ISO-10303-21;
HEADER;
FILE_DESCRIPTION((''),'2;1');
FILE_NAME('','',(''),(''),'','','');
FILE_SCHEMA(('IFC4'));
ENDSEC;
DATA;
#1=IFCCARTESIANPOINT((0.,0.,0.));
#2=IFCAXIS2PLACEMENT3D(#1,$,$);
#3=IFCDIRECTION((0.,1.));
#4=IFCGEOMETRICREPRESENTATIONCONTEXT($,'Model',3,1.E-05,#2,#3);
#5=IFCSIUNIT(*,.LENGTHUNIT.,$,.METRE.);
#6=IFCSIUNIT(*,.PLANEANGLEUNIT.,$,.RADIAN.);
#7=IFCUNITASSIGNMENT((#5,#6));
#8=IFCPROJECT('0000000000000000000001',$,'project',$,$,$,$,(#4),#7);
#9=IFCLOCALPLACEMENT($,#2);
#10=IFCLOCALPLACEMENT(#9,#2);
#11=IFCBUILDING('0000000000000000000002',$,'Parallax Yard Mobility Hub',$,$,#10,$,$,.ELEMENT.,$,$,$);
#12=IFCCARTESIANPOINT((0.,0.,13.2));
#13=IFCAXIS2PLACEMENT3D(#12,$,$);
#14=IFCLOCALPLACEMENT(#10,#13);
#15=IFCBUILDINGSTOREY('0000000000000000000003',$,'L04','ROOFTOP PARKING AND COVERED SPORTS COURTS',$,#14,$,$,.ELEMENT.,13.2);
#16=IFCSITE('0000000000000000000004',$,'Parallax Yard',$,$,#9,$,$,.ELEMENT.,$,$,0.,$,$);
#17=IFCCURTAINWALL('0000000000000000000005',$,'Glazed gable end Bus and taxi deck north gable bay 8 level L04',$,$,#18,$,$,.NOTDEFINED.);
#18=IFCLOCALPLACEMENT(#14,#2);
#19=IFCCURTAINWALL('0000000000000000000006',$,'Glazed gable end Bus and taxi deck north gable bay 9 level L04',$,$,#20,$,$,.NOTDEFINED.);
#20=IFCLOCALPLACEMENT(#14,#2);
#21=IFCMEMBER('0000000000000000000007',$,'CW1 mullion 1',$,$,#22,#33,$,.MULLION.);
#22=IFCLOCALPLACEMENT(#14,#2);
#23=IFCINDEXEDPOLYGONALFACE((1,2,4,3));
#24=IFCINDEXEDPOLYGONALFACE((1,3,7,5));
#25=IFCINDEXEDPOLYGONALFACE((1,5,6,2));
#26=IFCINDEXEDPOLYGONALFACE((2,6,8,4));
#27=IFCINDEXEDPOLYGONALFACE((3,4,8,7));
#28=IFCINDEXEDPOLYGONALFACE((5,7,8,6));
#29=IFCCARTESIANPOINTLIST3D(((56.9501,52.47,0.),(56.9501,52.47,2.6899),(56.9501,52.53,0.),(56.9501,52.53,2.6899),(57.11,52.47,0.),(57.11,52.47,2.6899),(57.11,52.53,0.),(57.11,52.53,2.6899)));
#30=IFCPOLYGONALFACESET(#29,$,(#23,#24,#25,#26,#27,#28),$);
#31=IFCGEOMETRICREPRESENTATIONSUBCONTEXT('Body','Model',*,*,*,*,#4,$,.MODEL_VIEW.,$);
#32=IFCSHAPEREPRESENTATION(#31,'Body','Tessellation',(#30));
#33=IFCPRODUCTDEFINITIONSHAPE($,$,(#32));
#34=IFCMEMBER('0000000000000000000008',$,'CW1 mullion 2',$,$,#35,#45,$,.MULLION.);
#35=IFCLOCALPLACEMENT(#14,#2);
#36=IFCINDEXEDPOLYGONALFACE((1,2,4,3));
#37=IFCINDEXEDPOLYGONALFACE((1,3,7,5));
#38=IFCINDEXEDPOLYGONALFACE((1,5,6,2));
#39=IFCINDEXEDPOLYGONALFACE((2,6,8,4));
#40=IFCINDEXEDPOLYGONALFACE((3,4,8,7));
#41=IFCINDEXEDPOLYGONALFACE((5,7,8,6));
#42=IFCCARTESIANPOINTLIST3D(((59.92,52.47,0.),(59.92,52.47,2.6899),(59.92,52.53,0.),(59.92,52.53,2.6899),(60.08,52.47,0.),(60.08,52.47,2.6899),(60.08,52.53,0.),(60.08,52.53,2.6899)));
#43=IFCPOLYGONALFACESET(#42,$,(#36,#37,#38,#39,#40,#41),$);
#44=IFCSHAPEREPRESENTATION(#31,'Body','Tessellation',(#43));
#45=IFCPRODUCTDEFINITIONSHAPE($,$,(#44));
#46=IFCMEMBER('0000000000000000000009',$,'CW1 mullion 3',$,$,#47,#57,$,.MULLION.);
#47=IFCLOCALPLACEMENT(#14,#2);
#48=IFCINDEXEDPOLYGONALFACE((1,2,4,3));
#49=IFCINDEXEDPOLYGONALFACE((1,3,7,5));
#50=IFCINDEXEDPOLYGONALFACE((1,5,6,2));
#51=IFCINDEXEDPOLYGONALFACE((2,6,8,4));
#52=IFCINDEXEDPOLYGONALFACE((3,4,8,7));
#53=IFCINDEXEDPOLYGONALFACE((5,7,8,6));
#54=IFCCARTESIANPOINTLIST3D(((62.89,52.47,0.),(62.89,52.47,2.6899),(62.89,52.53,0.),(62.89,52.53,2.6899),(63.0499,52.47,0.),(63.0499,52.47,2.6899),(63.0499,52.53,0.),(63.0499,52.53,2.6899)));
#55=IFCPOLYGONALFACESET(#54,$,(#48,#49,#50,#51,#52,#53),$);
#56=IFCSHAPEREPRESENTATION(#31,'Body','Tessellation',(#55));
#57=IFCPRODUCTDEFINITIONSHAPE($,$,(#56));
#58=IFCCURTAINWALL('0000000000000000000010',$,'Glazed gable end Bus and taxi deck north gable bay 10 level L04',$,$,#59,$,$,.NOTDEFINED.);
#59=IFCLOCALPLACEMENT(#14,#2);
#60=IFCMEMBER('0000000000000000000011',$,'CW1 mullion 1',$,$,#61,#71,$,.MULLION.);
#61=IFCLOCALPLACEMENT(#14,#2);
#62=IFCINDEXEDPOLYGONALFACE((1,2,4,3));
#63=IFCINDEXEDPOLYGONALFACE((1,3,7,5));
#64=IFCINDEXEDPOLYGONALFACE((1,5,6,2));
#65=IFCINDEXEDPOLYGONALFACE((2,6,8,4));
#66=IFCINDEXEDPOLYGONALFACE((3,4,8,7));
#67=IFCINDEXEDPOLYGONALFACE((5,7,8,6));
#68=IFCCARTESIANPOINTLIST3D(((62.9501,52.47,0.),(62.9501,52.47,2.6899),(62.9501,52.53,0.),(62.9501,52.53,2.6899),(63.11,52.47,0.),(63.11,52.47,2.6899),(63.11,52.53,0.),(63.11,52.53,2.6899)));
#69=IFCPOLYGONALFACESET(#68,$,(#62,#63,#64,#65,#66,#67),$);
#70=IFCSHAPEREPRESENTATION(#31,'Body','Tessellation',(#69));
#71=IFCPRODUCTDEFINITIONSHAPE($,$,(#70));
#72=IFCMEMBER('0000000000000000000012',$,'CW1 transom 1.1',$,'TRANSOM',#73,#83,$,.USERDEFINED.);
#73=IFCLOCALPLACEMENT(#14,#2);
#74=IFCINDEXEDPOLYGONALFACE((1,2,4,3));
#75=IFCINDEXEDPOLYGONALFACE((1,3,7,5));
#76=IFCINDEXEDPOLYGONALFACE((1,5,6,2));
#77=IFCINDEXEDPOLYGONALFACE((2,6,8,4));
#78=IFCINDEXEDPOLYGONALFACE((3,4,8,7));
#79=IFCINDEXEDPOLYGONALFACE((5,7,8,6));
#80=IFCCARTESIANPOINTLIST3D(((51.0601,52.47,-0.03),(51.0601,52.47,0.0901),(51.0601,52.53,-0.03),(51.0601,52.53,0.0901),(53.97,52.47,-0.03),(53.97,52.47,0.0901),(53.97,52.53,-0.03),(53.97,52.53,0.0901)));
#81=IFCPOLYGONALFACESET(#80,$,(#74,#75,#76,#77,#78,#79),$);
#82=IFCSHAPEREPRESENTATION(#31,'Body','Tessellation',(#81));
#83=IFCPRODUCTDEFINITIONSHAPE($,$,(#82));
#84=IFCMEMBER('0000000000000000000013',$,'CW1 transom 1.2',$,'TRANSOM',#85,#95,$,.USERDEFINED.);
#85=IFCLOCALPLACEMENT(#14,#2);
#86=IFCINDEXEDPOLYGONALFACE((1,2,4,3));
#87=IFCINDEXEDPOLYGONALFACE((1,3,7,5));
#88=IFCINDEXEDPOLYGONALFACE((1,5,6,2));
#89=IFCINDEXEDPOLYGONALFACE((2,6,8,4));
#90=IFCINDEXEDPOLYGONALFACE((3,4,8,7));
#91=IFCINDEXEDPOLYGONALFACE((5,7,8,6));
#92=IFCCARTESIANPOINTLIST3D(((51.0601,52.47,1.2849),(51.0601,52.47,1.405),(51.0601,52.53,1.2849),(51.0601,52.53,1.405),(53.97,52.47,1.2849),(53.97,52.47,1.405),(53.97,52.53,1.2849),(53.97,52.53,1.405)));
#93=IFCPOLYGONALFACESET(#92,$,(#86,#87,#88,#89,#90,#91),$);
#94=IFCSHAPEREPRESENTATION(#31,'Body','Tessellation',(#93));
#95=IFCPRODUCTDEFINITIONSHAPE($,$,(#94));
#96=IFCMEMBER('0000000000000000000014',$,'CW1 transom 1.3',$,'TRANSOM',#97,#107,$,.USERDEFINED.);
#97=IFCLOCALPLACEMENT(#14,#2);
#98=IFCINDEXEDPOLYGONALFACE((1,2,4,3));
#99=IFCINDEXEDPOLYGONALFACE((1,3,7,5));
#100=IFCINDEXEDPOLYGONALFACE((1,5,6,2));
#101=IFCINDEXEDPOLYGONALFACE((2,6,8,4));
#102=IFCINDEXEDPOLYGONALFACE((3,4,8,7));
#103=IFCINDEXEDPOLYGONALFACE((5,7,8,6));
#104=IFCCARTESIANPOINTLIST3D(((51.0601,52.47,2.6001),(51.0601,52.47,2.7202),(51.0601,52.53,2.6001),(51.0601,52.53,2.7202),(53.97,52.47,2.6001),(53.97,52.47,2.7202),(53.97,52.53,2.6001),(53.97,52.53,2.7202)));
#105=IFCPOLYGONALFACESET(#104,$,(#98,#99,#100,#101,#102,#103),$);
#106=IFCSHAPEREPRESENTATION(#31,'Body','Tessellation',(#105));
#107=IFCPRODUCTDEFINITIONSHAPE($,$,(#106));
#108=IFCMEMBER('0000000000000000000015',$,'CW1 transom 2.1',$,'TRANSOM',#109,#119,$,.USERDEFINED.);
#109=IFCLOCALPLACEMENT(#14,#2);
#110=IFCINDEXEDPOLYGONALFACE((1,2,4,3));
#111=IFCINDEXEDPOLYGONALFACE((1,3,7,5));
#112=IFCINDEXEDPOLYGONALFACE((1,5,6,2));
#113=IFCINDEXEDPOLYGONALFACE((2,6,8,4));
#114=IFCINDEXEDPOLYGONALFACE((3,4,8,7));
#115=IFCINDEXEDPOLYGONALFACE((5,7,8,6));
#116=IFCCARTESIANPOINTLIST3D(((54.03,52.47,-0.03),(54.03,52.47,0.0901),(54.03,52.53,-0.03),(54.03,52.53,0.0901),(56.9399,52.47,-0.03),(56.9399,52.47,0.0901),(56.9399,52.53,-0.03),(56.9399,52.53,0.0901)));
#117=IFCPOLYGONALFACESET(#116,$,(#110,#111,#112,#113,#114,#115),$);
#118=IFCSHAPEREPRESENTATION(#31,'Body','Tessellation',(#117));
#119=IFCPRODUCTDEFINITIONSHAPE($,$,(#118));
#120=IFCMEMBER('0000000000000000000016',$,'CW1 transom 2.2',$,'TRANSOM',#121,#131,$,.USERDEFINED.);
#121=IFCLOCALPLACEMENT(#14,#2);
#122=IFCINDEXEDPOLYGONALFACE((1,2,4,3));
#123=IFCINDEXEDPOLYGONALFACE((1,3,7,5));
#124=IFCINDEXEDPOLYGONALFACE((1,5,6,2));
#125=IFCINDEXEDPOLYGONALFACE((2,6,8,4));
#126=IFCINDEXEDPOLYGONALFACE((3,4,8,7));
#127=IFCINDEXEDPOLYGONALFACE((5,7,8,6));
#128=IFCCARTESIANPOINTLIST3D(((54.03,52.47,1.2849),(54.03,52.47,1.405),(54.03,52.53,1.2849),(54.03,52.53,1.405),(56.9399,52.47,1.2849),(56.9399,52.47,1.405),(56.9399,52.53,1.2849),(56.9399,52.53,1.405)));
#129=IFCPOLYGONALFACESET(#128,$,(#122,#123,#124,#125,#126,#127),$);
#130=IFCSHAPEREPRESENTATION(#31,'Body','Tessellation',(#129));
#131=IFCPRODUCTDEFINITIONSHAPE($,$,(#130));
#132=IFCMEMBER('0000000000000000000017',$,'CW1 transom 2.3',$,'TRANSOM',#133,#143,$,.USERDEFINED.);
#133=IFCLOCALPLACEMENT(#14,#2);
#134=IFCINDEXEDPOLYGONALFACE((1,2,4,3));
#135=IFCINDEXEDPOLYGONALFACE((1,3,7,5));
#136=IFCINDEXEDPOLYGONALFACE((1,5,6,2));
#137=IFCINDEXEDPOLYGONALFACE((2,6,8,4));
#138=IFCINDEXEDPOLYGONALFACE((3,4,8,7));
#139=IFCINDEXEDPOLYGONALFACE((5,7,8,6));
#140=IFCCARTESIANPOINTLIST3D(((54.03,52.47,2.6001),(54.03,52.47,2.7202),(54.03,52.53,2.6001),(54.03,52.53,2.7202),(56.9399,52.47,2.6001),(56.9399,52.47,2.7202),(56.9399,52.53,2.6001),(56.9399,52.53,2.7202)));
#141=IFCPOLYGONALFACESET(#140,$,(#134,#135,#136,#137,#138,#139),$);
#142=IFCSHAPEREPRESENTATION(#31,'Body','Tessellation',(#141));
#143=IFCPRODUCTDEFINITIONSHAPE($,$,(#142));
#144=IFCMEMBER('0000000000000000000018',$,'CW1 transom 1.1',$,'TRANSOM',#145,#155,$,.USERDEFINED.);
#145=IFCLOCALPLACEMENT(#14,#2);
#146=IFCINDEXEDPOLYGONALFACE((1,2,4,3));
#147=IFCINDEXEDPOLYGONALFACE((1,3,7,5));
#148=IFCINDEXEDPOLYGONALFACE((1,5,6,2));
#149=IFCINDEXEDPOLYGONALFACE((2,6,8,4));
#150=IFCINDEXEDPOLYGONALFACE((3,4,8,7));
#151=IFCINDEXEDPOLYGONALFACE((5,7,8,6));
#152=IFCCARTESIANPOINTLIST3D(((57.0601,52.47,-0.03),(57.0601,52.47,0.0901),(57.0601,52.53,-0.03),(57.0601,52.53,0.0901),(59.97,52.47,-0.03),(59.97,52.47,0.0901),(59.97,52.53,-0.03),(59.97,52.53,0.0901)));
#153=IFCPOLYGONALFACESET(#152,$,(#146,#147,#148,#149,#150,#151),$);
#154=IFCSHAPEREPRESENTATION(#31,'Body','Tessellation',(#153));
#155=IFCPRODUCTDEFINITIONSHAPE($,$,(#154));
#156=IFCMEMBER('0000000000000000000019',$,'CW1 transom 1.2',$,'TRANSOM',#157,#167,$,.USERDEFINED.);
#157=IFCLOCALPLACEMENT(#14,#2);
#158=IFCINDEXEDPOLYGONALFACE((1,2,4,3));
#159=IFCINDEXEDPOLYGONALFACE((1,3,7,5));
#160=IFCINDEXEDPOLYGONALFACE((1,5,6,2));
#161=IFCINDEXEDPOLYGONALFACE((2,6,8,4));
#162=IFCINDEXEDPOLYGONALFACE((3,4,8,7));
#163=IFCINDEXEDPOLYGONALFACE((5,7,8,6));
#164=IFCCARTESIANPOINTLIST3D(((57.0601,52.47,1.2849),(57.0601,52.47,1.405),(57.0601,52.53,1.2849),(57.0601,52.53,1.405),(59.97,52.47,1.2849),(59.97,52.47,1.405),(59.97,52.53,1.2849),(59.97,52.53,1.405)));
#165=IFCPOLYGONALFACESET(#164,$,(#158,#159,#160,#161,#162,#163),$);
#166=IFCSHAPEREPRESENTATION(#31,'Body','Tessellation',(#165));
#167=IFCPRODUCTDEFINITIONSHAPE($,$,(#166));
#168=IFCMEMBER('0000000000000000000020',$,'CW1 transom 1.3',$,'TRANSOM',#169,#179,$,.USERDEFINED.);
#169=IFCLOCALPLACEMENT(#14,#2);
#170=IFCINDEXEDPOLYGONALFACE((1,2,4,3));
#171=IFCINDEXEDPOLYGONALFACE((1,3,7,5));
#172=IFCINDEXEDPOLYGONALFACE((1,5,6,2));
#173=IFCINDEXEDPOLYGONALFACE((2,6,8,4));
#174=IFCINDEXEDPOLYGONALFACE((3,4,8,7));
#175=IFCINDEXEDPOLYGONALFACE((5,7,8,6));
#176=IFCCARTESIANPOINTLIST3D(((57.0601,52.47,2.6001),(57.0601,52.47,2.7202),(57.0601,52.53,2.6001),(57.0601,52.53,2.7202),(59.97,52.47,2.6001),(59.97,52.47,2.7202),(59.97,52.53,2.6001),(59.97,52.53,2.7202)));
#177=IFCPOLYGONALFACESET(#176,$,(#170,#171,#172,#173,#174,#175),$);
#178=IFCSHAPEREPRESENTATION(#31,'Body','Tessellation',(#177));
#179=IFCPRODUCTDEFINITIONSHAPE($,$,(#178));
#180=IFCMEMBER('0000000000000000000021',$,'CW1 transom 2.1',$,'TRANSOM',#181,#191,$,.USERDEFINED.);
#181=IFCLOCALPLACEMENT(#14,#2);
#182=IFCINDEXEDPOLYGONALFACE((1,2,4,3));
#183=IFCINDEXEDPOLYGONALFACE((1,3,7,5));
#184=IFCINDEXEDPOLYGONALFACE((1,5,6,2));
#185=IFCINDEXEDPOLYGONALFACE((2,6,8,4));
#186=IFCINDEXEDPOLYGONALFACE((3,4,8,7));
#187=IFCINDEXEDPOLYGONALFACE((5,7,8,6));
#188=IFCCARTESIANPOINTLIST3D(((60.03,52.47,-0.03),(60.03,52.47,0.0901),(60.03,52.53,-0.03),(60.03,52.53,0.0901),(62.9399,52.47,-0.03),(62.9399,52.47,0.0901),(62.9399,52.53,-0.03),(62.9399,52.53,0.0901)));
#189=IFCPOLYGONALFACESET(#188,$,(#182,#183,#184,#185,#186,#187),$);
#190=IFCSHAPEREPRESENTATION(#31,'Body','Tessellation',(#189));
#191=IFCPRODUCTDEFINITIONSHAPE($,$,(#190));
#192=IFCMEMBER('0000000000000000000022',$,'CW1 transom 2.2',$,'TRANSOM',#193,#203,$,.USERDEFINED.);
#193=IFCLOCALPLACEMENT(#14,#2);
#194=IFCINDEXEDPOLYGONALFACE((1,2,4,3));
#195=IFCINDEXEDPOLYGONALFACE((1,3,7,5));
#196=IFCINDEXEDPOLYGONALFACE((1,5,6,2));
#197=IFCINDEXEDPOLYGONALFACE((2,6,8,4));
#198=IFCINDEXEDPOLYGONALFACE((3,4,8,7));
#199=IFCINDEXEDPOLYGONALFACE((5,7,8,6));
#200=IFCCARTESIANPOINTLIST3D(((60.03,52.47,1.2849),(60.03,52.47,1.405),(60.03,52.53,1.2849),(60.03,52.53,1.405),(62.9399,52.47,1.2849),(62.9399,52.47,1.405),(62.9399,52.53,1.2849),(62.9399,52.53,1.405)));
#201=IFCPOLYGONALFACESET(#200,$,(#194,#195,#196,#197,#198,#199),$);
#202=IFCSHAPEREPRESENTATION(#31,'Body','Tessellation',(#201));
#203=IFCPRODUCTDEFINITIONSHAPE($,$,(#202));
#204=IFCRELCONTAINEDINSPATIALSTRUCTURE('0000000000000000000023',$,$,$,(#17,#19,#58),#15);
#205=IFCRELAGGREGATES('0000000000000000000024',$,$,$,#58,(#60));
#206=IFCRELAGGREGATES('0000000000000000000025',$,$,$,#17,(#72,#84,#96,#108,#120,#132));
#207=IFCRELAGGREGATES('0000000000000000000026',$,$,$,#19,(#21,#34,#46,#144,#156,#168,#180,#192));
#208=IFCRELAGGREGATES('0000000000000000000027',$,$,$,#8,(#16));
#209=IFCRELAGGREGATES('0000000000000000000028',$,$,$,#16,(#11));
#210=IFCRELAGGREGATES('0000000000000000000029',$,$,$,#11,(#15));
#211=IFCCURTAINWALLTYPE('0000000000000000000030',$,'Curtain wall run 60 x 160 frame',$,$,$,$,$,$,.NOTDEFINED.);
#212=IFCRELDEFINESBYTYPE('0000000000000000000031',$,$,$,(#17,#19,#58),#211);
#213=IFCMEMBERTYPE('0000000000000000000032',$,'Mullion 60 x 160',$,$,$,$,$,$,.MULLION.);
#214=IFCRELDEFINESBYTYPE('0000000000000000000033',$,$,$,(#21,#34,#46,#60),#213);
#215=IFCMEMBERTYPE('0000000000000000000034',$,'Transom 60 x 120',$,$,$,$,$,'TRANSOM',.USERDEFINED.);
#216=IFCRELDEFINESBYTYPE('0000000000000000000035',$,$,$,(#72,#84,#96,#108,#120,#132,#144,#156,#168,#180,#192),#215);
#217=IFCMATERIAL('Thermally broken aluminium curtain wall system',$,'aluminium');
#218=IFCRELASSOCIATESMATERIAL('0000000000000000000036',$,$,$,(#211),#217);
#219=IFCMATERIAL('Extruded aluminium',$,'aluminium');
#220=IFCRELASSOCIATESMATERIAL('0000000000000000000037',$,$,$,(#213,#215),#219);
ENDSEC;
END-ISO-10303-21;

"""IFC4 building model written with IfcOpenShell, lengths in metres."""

from ifc_helpers import new_model, si_unit, direction, frame, origin, origin_2d, place, context, subcontext, project, spatial, rectangle, extrude, material, material_profile, profile_set, type_object, element, aggregate, save


model = new_model("IFC4")

# Units and contexts
model_context = context("Model", 3, precision=1e-05, world=origin(), true_north=direction((0.0, 1.0)))
body_context = subcontext(model_context, "Body", "Model", "MODEL_VIEW")
ifc_project = project(units=[si_unit("LENGTHUNIT", "METRE"), si_unit("PLANEANGLEUNIT", "RADIAN")], contexts=[model_context])

# Site, building, storey
site_placement = place(None, origin())
site = spatial("IfcSite", under=ifc_project, at=site_placement, Name="Parallax Yard", CompositionType="ELEMENT", RefElevation=0.0)
building_placement = place(site_placement, origin())
building = spatial("IfcBuilding", under=site, at=building_placement, Name="Parallax Yard Mobility Hub", CompositionType="ELEMENT")
storey_placement = place(building_placement, frame((0.0, 0.0, 13.2)))
storey = spatial("IfcBuildingStorey", under=building, at=storey_placement, Name="L04", Description="ROOFTOP PARKING AND COVERED SPORTS COURTS", CompositionType="ELEMENT", Elevation=13.2)

# Shared definitions
ifc_material_1 = material(Name="Thermally broken aluminium curtain wall system", Category="aluminium")
curtain_wall_type = type_object("IfcCurtainWallType", Name="Curtain wall run 60 x 160 frame", PredefinedType="NOTDEFINED", material=ifc_material_1)
ifc_material_2 = material(Name="Extruded aluminium", Category="aluminium")
ifc_material_profile_1 = material_profile(ifc_material_2, rectangle(XDim=0.0601, YDim=0.1599, at=origin_2d()), Name="Mullion 60 x 160")
ifc_profile_set_1 = profile_set([ifc_material_profile_1], Name="Extruded aluminium")
member_type_1 = type_object("IfcMemberType", Name="Mullion 60 x 160", PredefinedType="MULLION", material=ifc_profile_set_1)

# Curtain walls, members
curtain_wall_1_placement = place(storey_placement, origin())
curtain_wall_1 = element("IfcCurtainWall", 1, at=curtain_wall_1_placement, inside=storey, type_object=curtain_wall_type, Name="Glazed gable end Bus and taxi deck north gable bay 8 level L04", PredefinedType="NOTDEFINED")
curtain_wall_2_placement = place(storey_placement, origin())
curtain_wall_2 = element("IfcCurtainWall", 2, at=curtain_wall_2_placement, inside=storey, type_object=curtain_wall_type, Name="Glazed gable end Bus and taxi deck north gable bay 9 level L04", PredefinedType="NOTDEFINED")
member_1_placement = place(storey_placement, frame((57.03, 52.5, 0.0), z_axis=(0.0, 0.0, 1.0), x_axis=(0.0, 1.0, 0.0)))
member_1 = element("IfcMember", 3, at=member_1_placement, type_object=member_type_1, Name="CW1 mullion 1", PredefinedType="MULLION", context=body_context, shape_type="SweptSolid", body=[
    extrude(rectangle(XDim=0.0601, YDim=0.1599, at=origin_2d()), origin(), (0.0, 0.0, 1.0), 2.6899),
])
member_2_placement = place(storey_placement, frame((60.0, 52.5, 0.0), z_axis=(0.0, 0.0, 1.0), x_axis=(0.0, 1.0, 0.0)))
member_2 = element("IfcMember", 4, at=member_2_placement, type_object=member_type_1, Name="CW1 mullion 2", PredefinedType="MULLION", context=body_context, shape_type="SweptSolid", body=[
    extrude(rectangle(XDim=0.0601, YDim=0.1599, at=origin_2d()), origin(), (0.0, 0.0, 1.0), 2.6899),
])
member_3_placement = place(storey_placement, frame((62.97, 52.5, 0.0), z_axis=(0.0, 0.0, 1.0), x_axis=(0.0, 1.0, 0.0)))
member_3 = element("IfcMember", 5, at=member_3_placement, type_object=member_type_1, Name="CW1 mullion 3", PredefinedType="MULLION", context=body_context, shape_type="SweptSolid", body=[
    extrude(rectangle(XDim=0.0601, YDim=0.1599, at=origin_2d()), origin(), (0.0, 0.0, 1.0), 2.6899),
])

# Curtain wall, member
curtain_wall_3_placement = place(storey_placement, origin())
curtain_wall_3 = element("IfcCurtainWall", 6, at=curtain_wall_3_placement, inside=storey, type_object=curtain_wall_type, Name="Glazed gable end Bus and taxi deck north gable bay 10 level L04", PredefinedType="NOTDEFINED")
member_4_placement = place(storey_placement, frame((63.03, 52.5, 0.0), z_axis=(0.0, 0.0, 1.0), x_axis=(0.0, 1.0, 0.0)))
member_4 = element("IfcMember", 7, at=member_4_placement, type_object=member_type_1, Name="CW1 mullion 1", PredefinedType="MULLION", context=body_context, shape_type="SweptSolid", body=[
    extrude(rectangle(XDim=0.0601, YDim=0.1599, at=origin_2d()), origin(), (0.0, 0.0, 1.0), 2.6899),
])

# Members
ifc_material_profile_2 = material_profile(ifc_material_2, rectangle(XDim=0.0601, YDim=0.1201, at=origin_2d()), Name="Transom 60 x 120")
ifc_profile_set_2 = profile_set([ifc_material_profile_2], Name="Extruded aluminium")
member_type_2 = type_object("IfcMemberType", Name="Transom 60 x 120", ElementType="TRANSOM", PredefinedType="USERDEFINED", material=ifc_profile_set_2)
member_5_placement = place(storey_placement, frame((51.0601, 52.5, 0.03), z_axis=(1.0, 0.0, 0.0), x_axis=(0.0, 1.0, 0.0)))
member_5 = element("IfcMember", 8, at=member_5_placement, type_object=member_type_2, Name="CW1 transom 1.1", ObjectType="TRANSOM", PredefinedType="USERDEFINED", context=body_context, shape_type="SweptSolid", body=[
    extrude(rectangle(XDim=0.0601, YDim=0.1201, at=origin_2d()), origin(), (0.0, 0.0, 1.0), 2.9099),
])
member_6_placement = place(storey_placement, frame((51.0601, 52.5, 1.345), z_axis=(1.0, 0.0, 0.0), x_axis=(0.0, 1.0, 0.0)))
member_6 = element("IfcMember", 9, at=member_6_placement, type_object=member_type_2, Name="CW1 transom 1.2", ObjectType="TRANSOM", PredefinedType="USERDEFINED", context=body_context, shape_type="SweptSolid", body=[
    extrude(rectangle(XDim=0.0601, YDim=0.1201, at=origin_2d()), origin(), (0.0, 0.0, 1.0), 2.9099),
])
member_7_placement = place(storey_placement, frame((51.0601, 52.5, 2.6602), z_axis=(1.0, 0.0, 0.0), x_axis=(0.0, 1.0, 0.0)))
member_7 = element("IfcMember", 10, at=member_7_placement, type_object=member_type_2, Name="CW1 transom 1.3", ObjectType="TRANSOM", PredefinedType="USERDEFINED", context=body_context, shape_type="SweptSolid", body=[
    extrude(rectangle(XDim=0.0601, YDim=0.1201, at=origin_2d()), origin(), (0.0, 0.0, 1.0), 2.9099),
])
member_8_placement = place(storey_placement, frame((54.03, 52.5, 0.03), z_axis=(1.0, 0.0, 0.0), x_axis=(0.0, 1.0, 0.0)))
member_8 = element("IfcMember", 11, at=member_8_placement, type_object=member_type_2, Name="CW1 transom 2.1", ObjectType="TRANSOM", PredefinedType="USERDEFINED", context=body_context, shape_type="SweptSolid", body=[
    extrude(rectangle(XDim=0.0601, YDim=0.1201, at=origin_2d()), origin(), (0.0, 0.0, 1.0), 2.9099),
])
member_9_placement = place(storey_placement, frame((54.03, 52.5, 1.345), z_axis=(1.0, 0.0, 0.0), x_axis=(0.0, 1.0, 0.0)))
member_9 = element("IfcMember", 12, at=member_9_placement, type_object=member_type_2, Name="CW1 transom 2.2", ObjectType="TRANSOM", PredefinedType="USERDEFINED", context=body_context, shape_type="SweptSolid", body=[
    extrude(rectangle(XDim=0.0601, YDim=0.1201, at=origin_2d()), origin(), (0.0, 0.0, 1.0), 2.9099),
])
member_10_placement = place(storey_placement, frame((54.03, 52.5, 2.6602), z_axis=(1.0, 0.0, 0.0), x_axis=(0.0, 1.0, 0.0)))
member_10 = element("IfcMember", 13, at=member_10_placement, type_object=member_type_2, Name="CW1 transom 2.3", ObjectType="TRANSOM", PredefinedType="USERDEFINED", context=body_context, shape_type="SweptSolid", body=[
    extrude(rectangle(XDim=0.0601, YDim=0.1201, at=origin_2d()), origin(), (0.0, 0.0, 1.0), 2.9099),
])
member_11_placement = place(storey_placement, frame((57.0601, 52.5, 0.03), z_axis=(1.0, 0.0, 0.0), x_axis=(0.0, 1.0, 0.0)))
member_11 = element("IfcMember", 14, at=member_11_placement, type_object=member_type_2, Name="CW1 transom 1.1", ObjectType="TRANSOM", PredefinedType="USERDEFINED", context=body_context, shape_type="SweptSolid", body=[
    extrude(rectangle(XDim=0.0601, YDim=0.1201, at=origin_2d()), origin(), (0.0, 0.0, 1.0), 2.9099),
])
member_12_placement = place(storey_placement, frame((57.0601, 52.5, 1.345), z_axis=(1.0, 0.0, 0.0), x_axis=(0.0, 1.0, 0.0)))
member_12 = element("IfcMember", 15, at=member_12_placement, type_object=member_type_2, Name="CW1 transom 1.2", ObjectType="TRANSOM", PredefinedType="USERDEFINED", context=body_context, shape_type="SweptSolid", body=[
    extrude(rectangle(XDim=0.0601, YDim=0.1201, at=origin_2d()), origin(), (0.0, 0.0, 1.0), 2.9099),
])
member_13_placement = place(storey_placement, frame((57.0601, 52.5, 2.6602), z_axis=(1.0, 0.0, 0.0), x_axis=(0.0, 1.0, 0.0)))
member_13 = element("IfcMember", 16, at=member_13_placement, type_object=member_type_2, Name="CW1 transom 1.3", ObjectType="TRANSOM", PredefinedType="USERDEFINED", context=body_context, shape_type="SweptSolid", body=[
    extrude(rectangle(XDim=0.0601, YDim=0.1201, at=origin_2d()), origin(), (0.0, 0.0, 1.0), 2.9099),
])
member_14_placement = place(storey_placement, frame((60.03, 52.5, 0.03), z_axis=(1.0, 0.0, 0.0), x_axis=(0.0, 1.0, 0.0)))
member_14 = element("IfcMember", 17, at=member_14_placement, type_object=member_type_2, Name="CW1 transom 2.1", ObjectType="TRANSOM", PredefinedType="USERDEFINED", context=body_context, shape_type="SweptSolid", body=[
    extrude(rectangle(XDim=0.0601, YDim=0.1201, at=origin_2d()), origin(), (0.0, 0.0, 1.0), 2.9099),
])
member_15_placement = place(storey_placement, frame((60.03, 52.5, 1.345), z_axis=(1.0, 0.0, 0.0), x_axis=(0.0, 1.0, 0.0)))
member_15 = element("IfcMember", 18, at=member_15_placement, type_object=member_type_2, Name="CW1 transom 2.2", ObjectType="TRANSOM", PredefinedType="USERDEFINED", context=body_context, shape_type="SweptSolid", body=[
    extrude(rectangle(XDim=0.0601, YDim=0.1201, at=origin_2d()), origin(), (0.0, 0.0, 1.0), 2.9099),
])
aggregate(curtain_wall_3, [member_4])

aggregate(curtain_wall_1, [member_5, member_6, member_7, member_8, member_9, member_10])
aggregate(curtain_wall_2, [member_1, member_2, member_3, member_11, member_12, member_13, member_14, member_15])

save(model, "model.ifc")
